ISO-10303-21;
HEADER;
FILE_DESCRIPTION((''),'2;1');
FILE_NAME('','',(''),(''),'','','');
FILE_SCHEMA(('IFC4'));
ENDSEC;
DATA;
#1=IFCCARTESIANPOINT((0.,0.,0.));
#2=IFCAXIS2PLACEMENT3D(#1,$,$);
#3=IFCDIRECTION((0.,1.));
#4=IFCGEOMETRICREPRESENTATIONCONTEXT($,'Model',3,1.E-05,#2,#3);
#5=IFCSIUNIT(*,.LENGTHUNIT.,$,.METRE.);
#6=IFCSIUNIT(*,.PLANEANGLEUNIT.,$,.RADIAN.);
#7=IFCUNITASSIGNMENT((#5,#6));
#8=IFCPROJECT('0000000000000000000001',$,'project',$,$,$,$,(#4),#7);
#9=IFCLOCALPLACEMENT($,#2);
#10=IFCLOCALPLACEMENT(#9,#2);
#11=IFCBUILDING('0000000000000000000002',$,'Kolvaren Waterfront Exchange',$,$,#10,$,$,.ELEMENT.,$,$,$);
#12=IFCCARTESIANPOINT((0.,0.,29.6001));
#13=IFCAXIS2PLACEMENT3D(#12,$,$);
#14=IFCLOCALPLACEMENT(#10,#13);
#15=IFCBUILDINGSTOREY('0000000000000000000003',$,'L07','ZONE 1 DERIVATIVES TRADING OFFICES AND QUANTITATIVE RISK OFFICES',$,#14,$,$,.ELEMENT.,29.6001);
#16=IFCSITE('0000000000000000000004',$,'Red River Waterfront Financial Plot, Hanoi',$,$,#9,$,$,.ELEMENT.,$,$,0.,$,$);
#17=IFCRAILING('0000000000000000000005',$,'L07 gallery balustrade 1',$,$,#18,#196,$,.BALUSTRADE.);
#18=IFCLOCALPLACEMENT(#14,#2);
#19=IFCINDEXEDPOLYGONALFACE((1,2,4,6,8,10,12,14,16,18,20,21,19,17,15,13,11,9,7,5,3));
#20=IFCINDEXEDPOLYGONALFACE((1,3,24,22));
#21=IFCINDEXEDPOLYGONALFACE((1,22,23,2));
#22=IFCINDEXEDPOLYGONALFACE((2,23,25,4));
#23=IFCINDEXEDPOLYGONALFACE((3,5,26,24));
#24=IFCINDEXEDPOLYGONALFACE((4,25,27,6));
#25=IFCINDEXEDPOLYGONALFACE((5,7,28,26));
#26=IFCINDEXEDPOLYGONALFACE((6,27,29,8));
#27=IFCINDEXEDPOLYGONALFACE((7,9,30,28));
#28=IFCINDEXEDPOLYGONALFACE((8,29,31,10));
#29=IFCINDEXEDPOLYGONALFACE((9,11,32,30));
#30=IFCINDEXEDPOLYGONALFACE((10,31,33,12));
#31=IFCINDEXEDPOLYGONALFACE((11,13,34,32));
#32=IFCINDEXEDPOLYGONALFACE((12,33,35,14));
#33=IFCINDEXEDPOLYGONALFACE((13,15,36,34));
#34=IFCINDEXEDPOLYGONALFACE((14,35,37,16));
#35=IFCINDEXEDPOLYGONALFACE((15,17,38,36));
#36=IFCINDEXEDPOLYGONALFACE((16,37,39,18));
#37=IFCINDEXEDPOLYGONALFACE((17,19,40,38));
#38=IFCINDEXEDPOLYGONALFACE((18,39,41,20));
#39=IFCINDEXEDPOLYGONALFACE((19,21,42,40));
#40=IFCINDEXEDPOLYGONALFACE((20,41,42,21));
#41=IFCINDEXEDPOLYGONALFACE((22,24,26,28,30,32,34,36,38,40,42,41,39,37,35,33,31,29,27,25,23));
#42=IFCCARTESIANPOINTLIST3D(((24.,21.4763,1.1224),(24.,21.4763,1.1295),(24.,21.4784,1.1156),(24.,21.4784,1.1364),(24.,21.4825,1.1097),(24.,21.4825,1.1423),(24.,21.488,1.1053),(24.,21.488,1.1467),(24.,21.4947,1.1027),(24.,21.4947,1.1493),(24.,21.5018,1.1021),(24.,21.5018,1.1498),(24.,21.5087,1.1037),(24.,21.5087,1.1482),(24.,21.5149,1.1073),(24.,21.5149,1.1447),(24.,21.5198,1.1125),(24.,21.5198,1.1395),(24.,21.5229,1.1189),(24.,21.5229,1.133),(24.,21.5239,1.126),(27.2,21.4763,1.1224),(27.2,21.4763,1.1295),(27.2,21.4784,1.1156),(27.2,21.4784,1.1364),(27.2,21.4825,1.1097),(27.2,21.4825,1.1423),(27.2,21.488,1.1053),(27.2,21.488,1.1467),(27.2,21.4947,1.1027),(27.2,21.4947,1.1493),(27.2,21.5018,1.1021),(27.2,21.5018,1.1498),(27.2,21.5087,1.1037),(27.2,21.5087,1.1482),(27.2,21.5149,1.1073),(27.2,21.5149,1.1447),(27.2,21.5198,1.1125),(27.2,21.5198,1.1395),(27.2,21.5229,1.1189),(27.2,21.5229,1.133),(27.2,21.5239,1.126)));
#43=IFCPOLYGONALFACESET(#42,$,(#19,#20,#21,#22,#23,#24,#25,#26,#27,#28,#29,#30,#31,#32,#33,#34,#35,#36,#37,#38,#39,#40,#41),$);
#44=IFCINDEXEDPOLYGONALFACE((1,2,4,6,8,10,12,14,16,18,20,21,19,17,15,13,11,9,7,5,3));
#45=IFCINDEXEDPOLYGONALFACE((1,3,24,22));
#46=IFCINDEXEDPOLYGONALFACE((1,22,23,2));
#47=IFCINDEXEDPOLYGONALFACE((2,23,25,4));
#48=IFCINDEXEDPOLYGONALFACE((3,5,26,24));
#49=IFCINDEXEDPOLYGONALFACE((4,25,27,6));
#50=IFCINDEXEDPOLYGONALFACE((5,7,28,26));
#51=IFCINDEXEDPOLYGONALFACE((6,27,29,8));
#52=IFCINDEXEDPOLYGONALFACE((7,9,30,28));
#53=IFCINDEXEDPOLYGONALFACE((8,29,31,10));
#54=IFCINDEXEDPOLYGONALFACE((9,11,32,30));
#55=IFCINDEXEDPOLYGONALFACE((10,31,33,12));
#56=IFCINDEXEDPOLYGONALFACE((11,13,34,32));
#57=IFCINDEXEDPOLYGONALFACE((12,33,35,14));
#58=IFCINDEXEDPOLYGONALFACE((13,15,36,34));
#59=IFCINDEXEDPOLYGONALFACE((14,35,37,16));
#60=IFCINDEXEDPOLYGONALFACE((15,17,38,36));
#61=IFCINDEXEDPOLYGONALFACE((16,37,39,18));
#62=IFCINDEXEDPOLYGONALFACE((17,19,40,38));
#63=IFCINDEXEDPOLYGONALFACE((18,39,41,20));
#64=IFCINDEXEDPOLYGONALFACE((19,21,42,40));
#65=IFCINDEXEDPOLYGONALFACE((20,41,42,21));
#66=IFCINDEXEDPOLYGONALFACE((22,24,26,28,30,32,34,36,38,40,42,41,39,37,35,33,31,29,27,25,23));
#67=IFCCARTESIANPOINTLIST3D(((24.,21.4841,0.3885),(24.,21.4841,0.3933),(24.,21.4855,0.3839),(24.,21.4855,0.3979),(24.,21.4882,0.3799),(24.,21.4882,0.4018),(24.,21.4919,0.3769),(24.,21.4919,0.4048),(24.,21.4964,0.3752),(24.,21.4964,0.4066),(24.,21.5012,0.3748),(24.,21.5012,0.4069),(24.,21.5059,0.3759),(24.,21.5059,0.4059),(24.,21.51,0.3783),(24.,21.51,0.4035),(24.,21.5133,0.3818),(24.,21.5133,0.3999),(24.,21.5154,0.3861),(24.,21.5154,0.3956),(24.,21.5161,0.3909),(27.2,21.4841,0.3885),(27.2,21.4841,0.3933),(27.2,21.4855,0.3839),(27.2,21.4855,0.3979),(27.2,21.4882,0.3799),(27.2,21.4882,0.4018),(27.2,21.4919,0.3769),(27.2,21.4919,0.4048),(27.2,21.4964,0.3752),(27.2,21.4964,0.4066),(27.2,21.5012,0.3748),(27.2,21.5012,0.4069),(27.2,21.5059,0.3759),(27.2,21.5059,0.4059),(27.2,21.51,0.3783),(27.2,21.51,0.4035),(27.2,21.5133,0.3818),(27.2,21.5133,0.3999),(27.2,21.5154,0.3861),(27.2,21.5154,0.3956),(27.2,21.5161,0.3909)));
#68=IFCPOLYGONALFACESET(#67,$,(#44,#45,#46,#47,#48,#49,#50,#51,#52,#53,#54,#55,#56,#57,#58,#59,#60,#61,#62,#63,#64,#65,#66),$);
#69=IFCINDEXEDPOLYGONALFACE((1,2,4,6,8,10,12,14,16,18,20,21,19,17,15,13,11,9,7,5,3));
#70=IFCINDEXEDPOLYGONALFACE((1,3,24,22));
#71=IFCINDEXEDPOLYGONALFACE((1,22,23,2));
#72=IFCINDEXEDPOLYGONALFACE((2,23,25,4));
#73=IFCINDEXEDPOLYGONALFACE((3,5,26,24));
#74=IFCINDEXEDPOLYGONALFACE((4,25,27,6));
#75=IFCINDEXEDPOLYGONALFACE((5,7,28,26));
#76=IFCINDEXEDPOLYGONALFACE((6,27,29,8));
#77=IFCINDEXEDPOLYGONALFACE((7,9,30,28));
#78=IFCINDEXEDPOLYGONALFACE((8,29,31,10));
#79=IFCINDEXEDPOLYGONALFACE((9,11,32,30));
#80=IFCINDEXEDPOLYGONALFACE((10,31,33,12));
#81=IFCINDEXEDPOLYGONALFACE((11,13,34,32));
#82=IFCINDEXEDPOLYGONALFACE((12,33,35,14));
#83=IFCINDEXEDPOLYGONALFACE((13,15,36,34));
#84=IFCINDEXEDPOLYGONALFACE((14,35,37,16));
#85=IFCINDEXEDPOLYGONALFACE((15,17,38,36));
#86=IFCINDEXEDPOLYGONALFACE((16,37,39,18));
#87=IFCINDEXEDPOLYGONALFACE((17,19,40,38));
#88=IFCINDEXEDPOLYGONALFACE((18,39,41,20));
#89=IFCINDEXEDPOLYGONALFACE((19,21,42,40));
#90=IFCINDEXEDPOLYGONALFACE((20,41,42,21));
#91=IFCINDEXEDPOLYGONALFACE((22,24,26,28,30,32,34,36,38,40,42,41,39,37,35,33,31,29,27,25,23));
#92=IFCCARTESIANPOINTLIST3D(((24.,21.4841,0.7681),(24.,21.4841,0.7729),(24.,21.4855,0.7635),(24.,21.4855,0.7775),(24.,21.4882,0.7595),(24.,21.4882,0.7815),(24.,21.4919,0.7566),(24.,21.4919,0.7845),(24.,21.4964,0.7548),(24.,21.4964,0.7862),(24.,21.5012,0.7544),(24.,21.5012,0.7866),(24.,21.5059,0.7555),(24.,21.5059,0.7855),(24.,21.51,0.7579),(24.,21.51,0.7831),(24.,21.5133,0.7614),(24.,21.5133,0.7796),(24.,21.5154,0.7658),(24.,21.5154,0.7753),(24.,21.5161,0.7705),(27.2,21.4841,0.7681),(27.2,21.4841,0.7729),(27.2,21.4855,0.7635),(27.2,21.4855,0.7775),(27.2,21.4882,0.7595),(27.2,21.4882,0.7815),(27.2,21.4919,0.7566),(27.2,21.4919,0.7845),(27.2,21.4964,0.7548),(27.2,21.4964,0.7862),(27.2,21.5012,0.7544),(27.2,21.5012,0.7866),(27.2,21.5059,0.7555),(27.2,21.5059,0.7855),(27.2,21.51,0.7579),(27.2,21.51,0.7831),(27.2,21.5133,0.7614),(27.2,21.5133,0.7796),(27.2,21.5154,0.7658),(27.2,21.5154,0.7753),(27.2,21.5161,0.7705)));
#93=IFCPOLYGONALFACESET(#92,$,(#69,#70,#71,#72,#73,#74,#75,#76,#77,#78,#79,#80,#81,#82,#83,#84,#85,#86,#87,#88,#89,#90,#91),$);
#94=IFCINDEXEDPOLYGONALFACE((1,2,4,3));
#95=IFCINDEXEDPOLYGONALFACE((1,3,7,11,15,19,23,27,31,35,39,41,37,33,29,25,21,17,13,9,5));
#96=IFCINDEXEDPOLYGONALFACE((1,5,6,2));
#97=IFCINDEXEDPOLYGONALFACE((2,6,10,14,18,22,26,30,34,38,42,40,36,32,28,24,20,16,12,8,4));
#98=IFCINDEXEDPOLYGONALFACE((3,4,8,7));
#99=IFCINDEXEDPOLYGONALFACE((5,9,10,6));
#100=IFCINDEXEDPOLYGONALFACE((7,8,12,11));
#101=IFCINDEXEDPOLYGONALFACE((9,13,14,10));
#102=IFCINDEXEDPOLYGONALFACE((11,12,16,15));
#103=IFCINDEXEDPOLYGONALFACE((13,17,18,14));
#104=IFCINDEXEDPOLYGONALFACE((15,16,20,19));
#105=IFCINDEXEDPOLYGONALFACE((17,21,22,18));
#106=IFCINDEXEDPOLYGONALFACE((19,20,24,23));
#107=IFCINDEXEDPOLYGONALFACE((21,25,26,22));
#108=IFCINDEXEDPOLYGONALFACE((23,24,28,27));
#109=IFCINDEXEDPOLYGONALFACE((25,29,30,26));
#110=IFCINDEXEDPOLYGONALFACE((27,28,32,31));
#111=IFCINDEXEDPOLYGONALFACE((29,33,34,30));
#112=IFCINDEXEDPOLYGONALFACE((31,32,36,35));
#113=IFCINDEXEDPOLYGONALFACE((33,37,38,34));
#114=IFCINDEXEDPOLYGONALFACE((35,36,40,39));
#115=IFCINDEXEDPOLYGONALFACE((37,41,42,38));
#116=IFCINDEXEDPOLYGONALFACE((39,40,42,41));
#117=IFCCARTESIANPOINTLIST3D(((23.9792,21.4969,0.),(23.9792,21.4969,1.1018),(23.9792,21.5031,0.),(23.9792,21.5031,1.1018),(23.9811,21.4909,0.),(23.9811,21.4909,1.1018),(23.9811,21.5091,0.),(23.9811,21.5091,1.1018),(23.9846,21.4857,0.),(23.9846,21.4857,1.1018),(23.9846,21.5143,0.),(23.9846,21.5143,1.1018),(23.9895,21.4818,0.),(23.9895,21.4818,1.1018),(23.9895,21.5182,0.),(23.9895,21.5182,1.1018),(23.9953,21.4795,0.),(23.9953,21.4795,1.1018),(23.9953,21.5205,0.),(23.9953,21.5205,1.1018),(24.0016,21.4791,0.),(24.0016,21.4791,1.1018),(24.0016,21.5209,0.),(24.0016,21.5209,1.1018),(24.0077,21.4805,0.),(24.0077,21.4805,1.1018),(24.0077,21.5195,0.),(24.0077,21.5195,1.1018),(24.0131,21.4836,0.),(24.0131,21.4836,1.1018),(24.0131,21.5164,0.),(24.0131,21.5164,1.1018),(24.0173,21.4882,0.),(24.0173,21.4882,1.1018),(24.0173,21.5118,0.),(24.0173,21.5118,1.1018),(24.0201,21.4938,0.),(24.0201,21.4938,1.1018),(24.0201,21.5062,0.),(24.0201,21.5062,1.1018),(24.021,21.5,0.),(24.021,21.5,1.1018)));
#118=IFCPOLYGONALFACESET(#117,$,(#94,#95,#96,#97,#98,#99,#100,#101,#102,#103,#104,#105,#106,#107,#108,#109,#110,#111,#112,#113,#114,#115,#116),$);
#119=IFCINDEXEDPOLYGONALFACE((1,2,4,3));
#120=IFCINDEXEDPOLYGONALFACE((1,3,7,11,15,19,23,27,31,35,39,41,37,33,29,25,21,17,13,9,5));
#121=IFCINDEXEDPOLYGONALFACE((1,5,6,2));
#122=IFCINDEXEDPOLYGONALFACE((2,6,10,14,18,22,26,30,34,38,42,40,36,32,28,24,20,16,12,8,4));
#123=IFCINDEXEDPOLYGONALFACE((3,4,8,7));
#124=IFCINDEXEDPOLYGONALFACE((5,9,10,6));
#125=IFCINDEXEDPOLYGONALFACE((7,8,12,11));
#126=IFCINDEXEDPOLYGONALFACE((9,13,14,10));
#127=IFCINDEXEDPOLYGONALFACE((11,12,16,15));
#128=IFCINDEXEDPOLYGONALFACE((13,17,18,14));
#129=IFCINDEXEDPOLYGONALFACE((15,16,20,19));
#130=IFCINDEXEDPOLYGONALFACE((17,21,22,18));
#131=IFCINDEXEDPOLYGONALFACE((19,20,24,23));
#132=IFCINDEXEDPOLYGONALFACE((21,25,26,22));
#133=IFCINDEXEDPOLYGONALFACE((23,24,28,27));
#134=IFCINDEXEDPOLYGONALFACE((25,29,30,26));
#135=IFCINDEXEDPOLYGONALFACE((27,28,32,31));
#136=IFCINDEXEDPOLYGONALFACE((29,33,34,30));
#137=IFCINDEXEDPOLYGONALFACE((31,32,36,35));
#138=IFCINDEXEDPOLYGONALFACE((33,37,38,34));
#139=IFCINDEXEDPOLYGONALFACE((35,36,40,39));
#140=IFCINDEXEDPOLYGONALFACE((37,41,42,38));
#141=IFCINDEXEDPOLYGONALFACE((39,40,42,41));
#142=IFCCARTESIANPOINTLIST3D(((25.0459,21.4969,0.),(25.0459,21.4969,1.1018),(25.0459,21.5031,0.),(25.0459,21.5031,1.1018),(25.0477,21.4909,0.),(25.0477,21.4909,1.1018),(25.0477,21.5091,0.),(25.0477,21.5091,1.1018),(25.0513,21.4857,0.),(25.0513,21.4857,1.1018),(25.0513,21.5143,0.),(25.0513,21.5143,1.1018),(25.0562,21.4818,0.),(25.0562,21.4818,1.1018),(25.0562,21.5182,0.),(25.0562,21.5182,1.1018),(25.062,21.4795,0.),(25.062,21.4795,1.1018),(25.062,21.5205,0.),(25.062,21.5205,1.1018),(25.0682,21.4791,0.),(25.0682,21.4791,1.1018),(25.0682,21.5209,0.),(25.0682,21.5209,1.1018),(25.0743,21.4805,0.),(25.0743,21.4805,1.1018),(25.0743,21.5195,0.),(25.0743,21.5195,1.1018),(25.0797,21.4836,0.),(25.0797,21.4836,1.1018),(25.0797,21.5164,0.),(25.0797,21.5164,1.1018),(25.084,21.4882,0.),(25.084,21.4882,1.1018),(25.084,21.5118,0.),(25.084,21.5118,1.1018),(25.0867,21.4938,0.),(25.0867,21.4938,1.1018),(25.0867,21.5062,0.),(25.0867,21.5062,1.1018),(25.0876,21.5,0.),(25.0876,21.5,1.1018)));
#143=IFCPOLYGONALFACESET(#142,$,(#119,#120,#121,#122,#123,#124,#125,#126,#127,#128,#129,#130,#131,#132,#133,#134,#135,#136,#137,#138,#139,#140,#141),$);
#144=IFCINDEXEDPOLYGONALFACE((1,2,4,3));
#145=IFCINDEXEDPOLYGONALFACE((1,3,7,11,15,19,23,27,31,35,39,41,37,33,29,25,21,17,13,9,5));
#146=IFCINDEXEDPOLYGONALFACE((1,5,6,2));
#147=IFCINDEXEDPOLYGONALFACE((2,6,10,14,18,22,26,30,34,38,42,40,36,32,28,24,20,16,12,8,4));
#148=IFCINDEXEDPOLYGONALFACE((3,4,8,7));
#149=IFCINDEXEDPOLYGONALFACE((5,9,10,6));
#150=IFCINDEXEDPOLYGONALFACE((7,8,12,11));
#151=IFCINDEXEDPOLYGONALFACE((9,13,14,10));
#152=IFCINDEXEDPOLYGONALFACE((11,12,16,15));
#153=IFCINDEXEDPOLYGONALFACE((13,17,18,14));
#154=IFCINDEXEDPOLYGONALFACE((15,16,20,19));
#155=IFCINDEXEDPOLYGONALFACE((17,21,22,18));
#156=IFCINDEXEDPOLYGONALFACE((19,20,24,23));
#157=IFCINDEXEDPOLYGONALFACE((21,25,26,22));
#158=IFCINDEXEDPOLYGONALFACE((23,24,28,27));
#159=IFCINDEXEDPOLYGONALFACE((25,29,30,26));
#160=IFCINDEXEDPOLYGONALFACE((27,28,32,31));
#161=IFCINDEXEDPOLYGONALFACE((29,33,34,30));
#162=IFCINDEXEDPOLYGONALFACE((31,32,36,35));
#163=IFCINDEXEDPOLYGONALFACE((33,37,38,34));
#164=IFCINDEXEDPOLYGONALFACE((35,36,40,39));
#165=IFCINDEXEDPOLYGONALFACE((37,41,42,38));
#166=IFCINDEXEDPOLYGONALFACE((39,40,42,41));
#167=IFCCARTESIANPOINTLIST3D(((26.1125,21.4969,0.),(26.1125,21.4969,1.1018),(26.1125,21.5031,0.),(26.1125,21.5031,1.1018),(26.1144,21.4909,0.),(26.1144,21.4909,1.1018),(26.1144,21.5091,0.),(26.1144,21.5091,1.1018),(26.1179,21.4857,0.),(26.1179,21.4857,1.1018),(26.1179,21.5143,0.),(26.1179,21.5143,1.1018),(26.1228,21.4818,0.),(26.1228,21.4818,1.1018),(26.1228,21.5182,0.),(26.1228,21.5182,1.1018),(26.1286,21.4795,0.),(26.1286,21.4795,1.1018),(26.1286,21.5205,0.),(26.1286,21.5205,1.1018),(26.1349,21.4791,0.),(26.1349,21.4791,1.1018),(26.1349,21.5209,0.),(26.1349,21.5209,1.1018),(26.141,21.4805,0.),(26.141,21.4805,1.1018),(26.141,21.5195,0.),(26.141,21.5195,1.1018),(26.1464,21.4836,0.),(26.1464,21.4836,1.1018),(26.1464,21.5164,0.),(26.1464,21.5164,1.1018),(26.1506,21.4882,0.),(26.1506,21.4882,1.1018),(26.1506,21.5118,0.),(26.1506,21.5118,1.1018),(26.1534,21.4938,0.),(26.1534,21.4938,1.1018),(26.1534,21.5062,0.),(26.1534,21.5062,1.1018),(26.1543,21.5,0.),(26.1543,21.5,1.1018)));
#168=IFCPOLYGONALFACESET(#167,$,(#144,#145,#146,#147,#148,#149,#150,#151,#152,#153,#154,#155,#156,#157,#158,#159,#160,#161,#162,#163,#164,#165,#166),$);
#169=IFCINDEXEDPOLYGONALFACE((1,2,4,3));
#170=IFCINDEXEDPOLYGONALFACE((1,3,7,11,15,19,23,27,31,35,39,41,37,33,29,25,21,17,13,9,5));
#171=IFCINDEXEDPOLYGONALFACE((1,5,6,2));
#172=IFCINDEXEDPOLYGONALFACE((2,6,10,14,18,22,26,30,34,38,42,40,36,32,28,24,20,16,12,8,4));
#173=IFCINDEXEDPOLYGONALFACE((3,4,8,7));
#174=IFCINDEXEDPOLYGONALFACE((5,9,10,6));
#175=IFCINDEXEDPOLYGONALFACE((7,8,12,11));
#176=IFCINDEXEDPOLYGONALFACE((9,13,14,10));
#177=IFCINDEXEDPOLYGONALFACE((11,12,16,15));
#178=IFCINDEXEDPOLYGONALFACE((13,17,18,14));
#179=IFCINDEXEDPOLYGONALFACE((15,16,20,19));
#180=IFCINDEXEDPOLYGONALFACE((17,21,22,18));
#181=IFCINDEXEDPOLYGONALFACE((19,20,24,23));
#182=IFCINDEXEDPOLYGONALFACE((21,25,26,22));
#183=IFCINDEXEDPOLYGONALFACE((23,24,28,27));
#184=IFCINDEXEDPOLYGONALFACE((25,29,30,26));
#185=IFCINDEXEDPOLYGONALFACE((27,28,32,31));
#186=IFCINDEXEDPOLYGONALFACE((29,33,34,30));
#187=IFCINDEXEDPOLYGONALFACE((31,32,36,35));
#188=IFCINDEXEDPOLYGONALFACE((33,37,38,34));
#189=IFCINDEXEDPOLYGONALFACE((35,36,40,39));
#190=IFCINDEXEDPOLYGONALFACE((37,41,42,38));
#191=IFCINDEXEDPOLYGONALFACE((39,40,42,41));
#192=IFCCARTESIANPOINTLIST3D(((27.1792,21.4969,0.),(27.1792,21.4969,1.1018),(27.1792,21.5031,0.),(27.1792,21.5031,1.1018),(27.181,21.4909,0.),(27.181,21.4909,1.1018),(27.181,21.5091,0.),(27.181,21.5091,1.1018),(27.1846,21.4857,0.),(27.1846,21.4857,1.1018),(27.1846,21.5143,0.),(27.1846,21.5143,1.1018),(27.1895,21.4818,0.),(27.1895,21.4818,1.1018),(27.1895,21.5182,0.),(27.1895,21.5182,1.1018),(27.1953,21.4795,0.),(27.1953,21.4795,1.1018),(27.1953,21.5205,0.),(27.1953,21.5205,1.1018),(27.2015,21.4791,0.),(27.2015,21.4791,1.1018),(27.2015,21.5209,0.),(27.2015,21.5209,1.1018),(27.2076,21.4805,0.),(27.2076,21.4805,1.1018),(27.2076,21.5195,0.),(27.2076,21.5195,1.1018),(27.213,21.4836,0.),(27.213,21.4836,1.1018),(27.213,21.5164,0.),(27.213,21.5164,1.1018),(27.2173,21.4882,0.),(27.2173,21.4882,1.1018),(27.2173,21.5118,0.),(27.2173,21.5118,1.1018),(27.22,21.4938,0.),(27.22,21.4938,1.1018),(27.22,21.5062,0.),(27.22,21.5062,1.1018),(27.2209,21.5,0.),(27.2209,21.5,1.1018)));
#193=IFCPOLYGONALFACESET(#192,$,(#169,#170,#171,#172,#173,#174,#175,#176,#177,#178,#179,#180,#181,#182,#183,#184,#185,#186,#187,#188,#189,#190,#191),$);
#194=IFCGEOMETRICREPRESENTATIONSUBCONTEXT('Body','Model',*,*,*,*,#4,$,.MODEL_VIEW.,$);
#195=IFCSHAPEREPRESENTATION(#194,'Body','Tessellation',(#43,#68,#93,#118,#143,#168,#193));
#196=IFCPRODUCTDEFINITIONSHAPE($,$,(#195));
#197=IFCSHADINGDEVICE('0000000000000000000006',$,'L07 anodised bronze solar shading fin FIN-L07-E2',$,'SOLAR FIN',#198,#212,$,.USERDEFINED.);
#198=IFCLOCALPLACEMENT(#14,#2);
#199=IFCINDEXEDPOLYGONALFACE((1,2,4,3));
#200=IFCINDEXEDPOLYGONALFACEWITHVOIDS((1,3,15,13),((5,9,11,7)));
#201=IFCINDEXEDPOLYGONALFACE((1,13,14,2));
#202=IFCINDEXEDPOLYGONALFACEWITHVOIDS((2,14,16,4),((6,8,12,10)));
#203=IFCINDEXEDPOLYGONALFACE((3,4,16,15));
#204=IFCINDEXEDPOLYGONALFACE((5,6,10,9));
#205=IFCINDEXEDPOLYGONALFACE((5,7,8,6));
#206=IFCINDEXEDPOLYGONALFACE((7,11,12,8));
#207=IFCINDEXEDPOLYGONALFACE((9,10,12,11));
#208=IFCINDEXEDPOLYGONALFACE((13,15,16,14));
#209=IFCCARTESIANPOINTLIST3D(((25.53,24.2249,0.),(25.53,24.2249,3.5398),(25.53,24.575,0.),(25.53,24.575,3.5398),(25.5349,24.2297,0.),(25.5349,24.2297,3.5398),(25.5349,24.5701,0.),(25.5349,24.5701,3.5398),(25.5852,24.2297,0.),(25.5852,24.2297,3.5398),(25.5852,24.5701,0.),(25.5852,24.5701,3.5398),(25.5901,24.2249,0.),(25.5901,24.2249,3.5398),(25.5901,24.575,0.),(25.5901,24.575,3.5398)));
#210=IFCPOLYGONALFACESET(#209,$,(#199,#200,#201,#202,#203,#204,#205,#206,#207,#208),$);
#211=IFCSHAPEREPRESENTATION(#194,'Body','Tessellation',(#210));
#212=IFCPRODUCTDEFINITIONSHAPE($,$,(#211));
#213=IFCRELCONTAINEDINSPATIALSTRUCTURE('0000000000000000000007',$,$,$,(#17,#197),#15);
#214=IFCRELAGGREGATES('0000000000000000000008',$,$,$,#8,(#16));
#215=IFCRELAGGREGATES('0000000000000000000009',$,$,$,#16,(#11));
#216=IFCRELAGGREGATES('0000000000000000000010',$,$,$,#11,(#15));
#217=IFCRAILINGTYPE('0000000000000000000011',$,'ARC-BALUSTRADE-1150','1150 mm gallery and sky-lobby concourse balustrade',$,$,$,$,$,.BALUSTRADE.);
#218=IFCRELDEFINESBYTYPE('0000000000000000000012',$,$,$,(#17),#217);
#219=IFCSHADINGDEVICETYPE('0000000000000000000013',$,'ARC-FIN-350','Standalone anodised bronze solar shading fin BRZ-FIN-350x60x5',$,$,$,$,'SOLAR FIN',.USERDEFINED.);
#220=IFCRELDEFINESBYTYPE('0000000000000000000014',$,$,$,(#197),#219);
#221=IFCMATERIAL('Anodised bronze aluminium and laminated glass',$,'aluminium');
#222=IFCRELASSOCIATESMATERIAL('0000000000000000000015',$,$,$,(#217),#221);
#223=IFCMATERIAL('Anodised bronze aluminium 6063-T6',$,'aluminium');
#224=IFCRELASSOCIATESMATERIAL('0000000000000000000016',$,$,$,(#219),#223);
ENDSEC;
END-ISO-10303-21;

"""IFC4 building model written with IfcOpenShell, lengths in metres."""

from ifc_helpers import new_model, si_unit, direction, frame, origin, origin_2d, place, context, subcontext, project, spatial, hollow_rectangle, circle, extrude, material, material_profile, profile_set, type_object, element, save


model = new_model("IFC4")

# Units and contexts
model_context = context("Model", 3, precision=1e-05, world=origin(), true_north=direction((0.0, 1.0)))
body_context = subcontext(model_context, "Body", "Model", "MODEL_VIEW")
ifc_project = project(units=[si_unit("LENGTHUNIT", "METRE"), si_unit("PLANEANGLEUNIT", "RADIAN")], contexts=[model_context])

# Site, building, storey
site_placement = place(None, origin())
site = spatial("IfcSite", under=ifc_project, at=site_placement, Name="Red River Waterfront Financial Plot, Hanoi", CompositionType="ELEMENT", RefElevation=0.0)
building_placement = place(site_placement, origin())
building = spatial("IfcBuilding", under=site, at=building_placement, Name="Kolvaren Waterfront Exchange", CompositionType="ELEMENT")
storey_placement = place(building_placement, frame((0.0, 0.0, 29.6001)))
storey = spatial("IfcBuildingStorey", under=building, at=storey_placement, Name="L07", Description="ZONE 1 DERIVATIVES TRADING OFFICES AND QUANTITATIVE RISK OFFICES", CompositionType="ELEMENT", Elevation=29.6001)

# Shared definitions
ifc_material_1 = material(Name="Anodised bronze aluminium 6063-T6", Category="aluminium")

# Railing
ifc_material_2 = material(Name="Anodised bronze aluminium and laminated glass", Category="aluminium")
railing_type_1 = type_object("IfcRailingType", Name="ARC-BALUSTRADE-1150", Description="1150 mm gallery and sky-lobby concourse balustrade", PredefinedType="BALUSTRADE", material=ifc_material_2)
railing_1_placement = place(storey_placement, frame((24.0, 21.5, 0.0)))
element("IfcRailing", 1, at=railing_1_placement, inside=storey, type_object=railing_type_1, Name="L07 gallery balustrade 1", PredefinedType="BALUSTRADE", context=body_context, shape_type="SweptSolid", body=[
    extrude(circle(Radius=0.0239, at=origin_2d()), frame((0.0, 0.0, 1.126), z_axis=(1.0, 0.0, 0.0), x_axis=(0.0, 1.0, 0.0)), (0.0, 0.0, 1.0), 3.2),
    extrude(circle(Radius=0.0161, at=origin_2d()), frame((0.0, 0.0, 0.3909), z_axis=(1.0, 0.0, 0.0), x_axis=(0.0, 1.0, 0.0)), (0.0, 0.0, 1.0), 3.2),
    extrude(circle(Radius=0.0161, at=origin_2d()), frame((0.0, 0.0, 0.7705), z_axis=(1.0, 0.0, 0.0), x_axis=(0.0, 1.0, 0.0)), (0.0, 0.0, 1.0), 3.2),
    extrude(circle(Radius=0.021, at=origin_2d()), origin(), (0.0, 0.0, 1.0), 1.1018),
    extrude(circle(Radius=0.021, at=origin_2d()), frame((1.0667, 0.0, 0.0)), (0.0, 0.0, 1.0), 1.1018),
    extrude(circle(Radius=0.021, at=origin_2d()), frame((2.1333, 0.0, 0.0)), (0.0, 0.0, 1.0), 1.1018),
    extrude(circle(Radius=0.021, at=origin_2d()), frame((3.2, 0.0, 0.0)), (0.0, 0.0, 1.0), 1.1018),
])

# Shading device
ifc_material_profile_1 = material_profile(ifc_material_1, hollow_rectangle(XDim=0.0601, YDim=0.3501, WallThickness=0.0049, at=origin_2d()), Name="BRZ-FIN-350x60x5")
ifc_profile_set_1 = profile_set([ifc_material_profile_1], Name="Anodised bronze aluminium 6063-T6")
shading_device_type = type_object("IfcShadingDeviceType", Name="ARC-FIN-350", Description="Standalone anodised bronze solar shading fin BRZ-FIN-350x60x5", ElementType="SOLAR FIN", PredefinedType="USERDEFINED", material=ifc_profile_set_1)
shading_device_placement = place(storey_placement, frame((25.5601, 24.3999, 0.0), z_axis=(0.0, 0.0, 1.0), x_axis=(1.0, 0.0, 0.0)))
element("IfcShadingDevice", 2, at=shading_device_placement, inside=storey, type_object=shading_device_type, Name="L07 anodised bronze solar shading fin FIN-L07-E2", ObjectType="SOLAR FIN", PredefinedType="USERDEFINED", context=body_context, shape_type="SweptSolid", body=[
    extrude(hollow_rectangle(XDim=0.0601, YDim=0.3501, WallThickness=0.0049, at=origin_2d()), origin(), (0.0, 0.0, 1.0), 3.5398),
])

save(model, "model.ifc")
